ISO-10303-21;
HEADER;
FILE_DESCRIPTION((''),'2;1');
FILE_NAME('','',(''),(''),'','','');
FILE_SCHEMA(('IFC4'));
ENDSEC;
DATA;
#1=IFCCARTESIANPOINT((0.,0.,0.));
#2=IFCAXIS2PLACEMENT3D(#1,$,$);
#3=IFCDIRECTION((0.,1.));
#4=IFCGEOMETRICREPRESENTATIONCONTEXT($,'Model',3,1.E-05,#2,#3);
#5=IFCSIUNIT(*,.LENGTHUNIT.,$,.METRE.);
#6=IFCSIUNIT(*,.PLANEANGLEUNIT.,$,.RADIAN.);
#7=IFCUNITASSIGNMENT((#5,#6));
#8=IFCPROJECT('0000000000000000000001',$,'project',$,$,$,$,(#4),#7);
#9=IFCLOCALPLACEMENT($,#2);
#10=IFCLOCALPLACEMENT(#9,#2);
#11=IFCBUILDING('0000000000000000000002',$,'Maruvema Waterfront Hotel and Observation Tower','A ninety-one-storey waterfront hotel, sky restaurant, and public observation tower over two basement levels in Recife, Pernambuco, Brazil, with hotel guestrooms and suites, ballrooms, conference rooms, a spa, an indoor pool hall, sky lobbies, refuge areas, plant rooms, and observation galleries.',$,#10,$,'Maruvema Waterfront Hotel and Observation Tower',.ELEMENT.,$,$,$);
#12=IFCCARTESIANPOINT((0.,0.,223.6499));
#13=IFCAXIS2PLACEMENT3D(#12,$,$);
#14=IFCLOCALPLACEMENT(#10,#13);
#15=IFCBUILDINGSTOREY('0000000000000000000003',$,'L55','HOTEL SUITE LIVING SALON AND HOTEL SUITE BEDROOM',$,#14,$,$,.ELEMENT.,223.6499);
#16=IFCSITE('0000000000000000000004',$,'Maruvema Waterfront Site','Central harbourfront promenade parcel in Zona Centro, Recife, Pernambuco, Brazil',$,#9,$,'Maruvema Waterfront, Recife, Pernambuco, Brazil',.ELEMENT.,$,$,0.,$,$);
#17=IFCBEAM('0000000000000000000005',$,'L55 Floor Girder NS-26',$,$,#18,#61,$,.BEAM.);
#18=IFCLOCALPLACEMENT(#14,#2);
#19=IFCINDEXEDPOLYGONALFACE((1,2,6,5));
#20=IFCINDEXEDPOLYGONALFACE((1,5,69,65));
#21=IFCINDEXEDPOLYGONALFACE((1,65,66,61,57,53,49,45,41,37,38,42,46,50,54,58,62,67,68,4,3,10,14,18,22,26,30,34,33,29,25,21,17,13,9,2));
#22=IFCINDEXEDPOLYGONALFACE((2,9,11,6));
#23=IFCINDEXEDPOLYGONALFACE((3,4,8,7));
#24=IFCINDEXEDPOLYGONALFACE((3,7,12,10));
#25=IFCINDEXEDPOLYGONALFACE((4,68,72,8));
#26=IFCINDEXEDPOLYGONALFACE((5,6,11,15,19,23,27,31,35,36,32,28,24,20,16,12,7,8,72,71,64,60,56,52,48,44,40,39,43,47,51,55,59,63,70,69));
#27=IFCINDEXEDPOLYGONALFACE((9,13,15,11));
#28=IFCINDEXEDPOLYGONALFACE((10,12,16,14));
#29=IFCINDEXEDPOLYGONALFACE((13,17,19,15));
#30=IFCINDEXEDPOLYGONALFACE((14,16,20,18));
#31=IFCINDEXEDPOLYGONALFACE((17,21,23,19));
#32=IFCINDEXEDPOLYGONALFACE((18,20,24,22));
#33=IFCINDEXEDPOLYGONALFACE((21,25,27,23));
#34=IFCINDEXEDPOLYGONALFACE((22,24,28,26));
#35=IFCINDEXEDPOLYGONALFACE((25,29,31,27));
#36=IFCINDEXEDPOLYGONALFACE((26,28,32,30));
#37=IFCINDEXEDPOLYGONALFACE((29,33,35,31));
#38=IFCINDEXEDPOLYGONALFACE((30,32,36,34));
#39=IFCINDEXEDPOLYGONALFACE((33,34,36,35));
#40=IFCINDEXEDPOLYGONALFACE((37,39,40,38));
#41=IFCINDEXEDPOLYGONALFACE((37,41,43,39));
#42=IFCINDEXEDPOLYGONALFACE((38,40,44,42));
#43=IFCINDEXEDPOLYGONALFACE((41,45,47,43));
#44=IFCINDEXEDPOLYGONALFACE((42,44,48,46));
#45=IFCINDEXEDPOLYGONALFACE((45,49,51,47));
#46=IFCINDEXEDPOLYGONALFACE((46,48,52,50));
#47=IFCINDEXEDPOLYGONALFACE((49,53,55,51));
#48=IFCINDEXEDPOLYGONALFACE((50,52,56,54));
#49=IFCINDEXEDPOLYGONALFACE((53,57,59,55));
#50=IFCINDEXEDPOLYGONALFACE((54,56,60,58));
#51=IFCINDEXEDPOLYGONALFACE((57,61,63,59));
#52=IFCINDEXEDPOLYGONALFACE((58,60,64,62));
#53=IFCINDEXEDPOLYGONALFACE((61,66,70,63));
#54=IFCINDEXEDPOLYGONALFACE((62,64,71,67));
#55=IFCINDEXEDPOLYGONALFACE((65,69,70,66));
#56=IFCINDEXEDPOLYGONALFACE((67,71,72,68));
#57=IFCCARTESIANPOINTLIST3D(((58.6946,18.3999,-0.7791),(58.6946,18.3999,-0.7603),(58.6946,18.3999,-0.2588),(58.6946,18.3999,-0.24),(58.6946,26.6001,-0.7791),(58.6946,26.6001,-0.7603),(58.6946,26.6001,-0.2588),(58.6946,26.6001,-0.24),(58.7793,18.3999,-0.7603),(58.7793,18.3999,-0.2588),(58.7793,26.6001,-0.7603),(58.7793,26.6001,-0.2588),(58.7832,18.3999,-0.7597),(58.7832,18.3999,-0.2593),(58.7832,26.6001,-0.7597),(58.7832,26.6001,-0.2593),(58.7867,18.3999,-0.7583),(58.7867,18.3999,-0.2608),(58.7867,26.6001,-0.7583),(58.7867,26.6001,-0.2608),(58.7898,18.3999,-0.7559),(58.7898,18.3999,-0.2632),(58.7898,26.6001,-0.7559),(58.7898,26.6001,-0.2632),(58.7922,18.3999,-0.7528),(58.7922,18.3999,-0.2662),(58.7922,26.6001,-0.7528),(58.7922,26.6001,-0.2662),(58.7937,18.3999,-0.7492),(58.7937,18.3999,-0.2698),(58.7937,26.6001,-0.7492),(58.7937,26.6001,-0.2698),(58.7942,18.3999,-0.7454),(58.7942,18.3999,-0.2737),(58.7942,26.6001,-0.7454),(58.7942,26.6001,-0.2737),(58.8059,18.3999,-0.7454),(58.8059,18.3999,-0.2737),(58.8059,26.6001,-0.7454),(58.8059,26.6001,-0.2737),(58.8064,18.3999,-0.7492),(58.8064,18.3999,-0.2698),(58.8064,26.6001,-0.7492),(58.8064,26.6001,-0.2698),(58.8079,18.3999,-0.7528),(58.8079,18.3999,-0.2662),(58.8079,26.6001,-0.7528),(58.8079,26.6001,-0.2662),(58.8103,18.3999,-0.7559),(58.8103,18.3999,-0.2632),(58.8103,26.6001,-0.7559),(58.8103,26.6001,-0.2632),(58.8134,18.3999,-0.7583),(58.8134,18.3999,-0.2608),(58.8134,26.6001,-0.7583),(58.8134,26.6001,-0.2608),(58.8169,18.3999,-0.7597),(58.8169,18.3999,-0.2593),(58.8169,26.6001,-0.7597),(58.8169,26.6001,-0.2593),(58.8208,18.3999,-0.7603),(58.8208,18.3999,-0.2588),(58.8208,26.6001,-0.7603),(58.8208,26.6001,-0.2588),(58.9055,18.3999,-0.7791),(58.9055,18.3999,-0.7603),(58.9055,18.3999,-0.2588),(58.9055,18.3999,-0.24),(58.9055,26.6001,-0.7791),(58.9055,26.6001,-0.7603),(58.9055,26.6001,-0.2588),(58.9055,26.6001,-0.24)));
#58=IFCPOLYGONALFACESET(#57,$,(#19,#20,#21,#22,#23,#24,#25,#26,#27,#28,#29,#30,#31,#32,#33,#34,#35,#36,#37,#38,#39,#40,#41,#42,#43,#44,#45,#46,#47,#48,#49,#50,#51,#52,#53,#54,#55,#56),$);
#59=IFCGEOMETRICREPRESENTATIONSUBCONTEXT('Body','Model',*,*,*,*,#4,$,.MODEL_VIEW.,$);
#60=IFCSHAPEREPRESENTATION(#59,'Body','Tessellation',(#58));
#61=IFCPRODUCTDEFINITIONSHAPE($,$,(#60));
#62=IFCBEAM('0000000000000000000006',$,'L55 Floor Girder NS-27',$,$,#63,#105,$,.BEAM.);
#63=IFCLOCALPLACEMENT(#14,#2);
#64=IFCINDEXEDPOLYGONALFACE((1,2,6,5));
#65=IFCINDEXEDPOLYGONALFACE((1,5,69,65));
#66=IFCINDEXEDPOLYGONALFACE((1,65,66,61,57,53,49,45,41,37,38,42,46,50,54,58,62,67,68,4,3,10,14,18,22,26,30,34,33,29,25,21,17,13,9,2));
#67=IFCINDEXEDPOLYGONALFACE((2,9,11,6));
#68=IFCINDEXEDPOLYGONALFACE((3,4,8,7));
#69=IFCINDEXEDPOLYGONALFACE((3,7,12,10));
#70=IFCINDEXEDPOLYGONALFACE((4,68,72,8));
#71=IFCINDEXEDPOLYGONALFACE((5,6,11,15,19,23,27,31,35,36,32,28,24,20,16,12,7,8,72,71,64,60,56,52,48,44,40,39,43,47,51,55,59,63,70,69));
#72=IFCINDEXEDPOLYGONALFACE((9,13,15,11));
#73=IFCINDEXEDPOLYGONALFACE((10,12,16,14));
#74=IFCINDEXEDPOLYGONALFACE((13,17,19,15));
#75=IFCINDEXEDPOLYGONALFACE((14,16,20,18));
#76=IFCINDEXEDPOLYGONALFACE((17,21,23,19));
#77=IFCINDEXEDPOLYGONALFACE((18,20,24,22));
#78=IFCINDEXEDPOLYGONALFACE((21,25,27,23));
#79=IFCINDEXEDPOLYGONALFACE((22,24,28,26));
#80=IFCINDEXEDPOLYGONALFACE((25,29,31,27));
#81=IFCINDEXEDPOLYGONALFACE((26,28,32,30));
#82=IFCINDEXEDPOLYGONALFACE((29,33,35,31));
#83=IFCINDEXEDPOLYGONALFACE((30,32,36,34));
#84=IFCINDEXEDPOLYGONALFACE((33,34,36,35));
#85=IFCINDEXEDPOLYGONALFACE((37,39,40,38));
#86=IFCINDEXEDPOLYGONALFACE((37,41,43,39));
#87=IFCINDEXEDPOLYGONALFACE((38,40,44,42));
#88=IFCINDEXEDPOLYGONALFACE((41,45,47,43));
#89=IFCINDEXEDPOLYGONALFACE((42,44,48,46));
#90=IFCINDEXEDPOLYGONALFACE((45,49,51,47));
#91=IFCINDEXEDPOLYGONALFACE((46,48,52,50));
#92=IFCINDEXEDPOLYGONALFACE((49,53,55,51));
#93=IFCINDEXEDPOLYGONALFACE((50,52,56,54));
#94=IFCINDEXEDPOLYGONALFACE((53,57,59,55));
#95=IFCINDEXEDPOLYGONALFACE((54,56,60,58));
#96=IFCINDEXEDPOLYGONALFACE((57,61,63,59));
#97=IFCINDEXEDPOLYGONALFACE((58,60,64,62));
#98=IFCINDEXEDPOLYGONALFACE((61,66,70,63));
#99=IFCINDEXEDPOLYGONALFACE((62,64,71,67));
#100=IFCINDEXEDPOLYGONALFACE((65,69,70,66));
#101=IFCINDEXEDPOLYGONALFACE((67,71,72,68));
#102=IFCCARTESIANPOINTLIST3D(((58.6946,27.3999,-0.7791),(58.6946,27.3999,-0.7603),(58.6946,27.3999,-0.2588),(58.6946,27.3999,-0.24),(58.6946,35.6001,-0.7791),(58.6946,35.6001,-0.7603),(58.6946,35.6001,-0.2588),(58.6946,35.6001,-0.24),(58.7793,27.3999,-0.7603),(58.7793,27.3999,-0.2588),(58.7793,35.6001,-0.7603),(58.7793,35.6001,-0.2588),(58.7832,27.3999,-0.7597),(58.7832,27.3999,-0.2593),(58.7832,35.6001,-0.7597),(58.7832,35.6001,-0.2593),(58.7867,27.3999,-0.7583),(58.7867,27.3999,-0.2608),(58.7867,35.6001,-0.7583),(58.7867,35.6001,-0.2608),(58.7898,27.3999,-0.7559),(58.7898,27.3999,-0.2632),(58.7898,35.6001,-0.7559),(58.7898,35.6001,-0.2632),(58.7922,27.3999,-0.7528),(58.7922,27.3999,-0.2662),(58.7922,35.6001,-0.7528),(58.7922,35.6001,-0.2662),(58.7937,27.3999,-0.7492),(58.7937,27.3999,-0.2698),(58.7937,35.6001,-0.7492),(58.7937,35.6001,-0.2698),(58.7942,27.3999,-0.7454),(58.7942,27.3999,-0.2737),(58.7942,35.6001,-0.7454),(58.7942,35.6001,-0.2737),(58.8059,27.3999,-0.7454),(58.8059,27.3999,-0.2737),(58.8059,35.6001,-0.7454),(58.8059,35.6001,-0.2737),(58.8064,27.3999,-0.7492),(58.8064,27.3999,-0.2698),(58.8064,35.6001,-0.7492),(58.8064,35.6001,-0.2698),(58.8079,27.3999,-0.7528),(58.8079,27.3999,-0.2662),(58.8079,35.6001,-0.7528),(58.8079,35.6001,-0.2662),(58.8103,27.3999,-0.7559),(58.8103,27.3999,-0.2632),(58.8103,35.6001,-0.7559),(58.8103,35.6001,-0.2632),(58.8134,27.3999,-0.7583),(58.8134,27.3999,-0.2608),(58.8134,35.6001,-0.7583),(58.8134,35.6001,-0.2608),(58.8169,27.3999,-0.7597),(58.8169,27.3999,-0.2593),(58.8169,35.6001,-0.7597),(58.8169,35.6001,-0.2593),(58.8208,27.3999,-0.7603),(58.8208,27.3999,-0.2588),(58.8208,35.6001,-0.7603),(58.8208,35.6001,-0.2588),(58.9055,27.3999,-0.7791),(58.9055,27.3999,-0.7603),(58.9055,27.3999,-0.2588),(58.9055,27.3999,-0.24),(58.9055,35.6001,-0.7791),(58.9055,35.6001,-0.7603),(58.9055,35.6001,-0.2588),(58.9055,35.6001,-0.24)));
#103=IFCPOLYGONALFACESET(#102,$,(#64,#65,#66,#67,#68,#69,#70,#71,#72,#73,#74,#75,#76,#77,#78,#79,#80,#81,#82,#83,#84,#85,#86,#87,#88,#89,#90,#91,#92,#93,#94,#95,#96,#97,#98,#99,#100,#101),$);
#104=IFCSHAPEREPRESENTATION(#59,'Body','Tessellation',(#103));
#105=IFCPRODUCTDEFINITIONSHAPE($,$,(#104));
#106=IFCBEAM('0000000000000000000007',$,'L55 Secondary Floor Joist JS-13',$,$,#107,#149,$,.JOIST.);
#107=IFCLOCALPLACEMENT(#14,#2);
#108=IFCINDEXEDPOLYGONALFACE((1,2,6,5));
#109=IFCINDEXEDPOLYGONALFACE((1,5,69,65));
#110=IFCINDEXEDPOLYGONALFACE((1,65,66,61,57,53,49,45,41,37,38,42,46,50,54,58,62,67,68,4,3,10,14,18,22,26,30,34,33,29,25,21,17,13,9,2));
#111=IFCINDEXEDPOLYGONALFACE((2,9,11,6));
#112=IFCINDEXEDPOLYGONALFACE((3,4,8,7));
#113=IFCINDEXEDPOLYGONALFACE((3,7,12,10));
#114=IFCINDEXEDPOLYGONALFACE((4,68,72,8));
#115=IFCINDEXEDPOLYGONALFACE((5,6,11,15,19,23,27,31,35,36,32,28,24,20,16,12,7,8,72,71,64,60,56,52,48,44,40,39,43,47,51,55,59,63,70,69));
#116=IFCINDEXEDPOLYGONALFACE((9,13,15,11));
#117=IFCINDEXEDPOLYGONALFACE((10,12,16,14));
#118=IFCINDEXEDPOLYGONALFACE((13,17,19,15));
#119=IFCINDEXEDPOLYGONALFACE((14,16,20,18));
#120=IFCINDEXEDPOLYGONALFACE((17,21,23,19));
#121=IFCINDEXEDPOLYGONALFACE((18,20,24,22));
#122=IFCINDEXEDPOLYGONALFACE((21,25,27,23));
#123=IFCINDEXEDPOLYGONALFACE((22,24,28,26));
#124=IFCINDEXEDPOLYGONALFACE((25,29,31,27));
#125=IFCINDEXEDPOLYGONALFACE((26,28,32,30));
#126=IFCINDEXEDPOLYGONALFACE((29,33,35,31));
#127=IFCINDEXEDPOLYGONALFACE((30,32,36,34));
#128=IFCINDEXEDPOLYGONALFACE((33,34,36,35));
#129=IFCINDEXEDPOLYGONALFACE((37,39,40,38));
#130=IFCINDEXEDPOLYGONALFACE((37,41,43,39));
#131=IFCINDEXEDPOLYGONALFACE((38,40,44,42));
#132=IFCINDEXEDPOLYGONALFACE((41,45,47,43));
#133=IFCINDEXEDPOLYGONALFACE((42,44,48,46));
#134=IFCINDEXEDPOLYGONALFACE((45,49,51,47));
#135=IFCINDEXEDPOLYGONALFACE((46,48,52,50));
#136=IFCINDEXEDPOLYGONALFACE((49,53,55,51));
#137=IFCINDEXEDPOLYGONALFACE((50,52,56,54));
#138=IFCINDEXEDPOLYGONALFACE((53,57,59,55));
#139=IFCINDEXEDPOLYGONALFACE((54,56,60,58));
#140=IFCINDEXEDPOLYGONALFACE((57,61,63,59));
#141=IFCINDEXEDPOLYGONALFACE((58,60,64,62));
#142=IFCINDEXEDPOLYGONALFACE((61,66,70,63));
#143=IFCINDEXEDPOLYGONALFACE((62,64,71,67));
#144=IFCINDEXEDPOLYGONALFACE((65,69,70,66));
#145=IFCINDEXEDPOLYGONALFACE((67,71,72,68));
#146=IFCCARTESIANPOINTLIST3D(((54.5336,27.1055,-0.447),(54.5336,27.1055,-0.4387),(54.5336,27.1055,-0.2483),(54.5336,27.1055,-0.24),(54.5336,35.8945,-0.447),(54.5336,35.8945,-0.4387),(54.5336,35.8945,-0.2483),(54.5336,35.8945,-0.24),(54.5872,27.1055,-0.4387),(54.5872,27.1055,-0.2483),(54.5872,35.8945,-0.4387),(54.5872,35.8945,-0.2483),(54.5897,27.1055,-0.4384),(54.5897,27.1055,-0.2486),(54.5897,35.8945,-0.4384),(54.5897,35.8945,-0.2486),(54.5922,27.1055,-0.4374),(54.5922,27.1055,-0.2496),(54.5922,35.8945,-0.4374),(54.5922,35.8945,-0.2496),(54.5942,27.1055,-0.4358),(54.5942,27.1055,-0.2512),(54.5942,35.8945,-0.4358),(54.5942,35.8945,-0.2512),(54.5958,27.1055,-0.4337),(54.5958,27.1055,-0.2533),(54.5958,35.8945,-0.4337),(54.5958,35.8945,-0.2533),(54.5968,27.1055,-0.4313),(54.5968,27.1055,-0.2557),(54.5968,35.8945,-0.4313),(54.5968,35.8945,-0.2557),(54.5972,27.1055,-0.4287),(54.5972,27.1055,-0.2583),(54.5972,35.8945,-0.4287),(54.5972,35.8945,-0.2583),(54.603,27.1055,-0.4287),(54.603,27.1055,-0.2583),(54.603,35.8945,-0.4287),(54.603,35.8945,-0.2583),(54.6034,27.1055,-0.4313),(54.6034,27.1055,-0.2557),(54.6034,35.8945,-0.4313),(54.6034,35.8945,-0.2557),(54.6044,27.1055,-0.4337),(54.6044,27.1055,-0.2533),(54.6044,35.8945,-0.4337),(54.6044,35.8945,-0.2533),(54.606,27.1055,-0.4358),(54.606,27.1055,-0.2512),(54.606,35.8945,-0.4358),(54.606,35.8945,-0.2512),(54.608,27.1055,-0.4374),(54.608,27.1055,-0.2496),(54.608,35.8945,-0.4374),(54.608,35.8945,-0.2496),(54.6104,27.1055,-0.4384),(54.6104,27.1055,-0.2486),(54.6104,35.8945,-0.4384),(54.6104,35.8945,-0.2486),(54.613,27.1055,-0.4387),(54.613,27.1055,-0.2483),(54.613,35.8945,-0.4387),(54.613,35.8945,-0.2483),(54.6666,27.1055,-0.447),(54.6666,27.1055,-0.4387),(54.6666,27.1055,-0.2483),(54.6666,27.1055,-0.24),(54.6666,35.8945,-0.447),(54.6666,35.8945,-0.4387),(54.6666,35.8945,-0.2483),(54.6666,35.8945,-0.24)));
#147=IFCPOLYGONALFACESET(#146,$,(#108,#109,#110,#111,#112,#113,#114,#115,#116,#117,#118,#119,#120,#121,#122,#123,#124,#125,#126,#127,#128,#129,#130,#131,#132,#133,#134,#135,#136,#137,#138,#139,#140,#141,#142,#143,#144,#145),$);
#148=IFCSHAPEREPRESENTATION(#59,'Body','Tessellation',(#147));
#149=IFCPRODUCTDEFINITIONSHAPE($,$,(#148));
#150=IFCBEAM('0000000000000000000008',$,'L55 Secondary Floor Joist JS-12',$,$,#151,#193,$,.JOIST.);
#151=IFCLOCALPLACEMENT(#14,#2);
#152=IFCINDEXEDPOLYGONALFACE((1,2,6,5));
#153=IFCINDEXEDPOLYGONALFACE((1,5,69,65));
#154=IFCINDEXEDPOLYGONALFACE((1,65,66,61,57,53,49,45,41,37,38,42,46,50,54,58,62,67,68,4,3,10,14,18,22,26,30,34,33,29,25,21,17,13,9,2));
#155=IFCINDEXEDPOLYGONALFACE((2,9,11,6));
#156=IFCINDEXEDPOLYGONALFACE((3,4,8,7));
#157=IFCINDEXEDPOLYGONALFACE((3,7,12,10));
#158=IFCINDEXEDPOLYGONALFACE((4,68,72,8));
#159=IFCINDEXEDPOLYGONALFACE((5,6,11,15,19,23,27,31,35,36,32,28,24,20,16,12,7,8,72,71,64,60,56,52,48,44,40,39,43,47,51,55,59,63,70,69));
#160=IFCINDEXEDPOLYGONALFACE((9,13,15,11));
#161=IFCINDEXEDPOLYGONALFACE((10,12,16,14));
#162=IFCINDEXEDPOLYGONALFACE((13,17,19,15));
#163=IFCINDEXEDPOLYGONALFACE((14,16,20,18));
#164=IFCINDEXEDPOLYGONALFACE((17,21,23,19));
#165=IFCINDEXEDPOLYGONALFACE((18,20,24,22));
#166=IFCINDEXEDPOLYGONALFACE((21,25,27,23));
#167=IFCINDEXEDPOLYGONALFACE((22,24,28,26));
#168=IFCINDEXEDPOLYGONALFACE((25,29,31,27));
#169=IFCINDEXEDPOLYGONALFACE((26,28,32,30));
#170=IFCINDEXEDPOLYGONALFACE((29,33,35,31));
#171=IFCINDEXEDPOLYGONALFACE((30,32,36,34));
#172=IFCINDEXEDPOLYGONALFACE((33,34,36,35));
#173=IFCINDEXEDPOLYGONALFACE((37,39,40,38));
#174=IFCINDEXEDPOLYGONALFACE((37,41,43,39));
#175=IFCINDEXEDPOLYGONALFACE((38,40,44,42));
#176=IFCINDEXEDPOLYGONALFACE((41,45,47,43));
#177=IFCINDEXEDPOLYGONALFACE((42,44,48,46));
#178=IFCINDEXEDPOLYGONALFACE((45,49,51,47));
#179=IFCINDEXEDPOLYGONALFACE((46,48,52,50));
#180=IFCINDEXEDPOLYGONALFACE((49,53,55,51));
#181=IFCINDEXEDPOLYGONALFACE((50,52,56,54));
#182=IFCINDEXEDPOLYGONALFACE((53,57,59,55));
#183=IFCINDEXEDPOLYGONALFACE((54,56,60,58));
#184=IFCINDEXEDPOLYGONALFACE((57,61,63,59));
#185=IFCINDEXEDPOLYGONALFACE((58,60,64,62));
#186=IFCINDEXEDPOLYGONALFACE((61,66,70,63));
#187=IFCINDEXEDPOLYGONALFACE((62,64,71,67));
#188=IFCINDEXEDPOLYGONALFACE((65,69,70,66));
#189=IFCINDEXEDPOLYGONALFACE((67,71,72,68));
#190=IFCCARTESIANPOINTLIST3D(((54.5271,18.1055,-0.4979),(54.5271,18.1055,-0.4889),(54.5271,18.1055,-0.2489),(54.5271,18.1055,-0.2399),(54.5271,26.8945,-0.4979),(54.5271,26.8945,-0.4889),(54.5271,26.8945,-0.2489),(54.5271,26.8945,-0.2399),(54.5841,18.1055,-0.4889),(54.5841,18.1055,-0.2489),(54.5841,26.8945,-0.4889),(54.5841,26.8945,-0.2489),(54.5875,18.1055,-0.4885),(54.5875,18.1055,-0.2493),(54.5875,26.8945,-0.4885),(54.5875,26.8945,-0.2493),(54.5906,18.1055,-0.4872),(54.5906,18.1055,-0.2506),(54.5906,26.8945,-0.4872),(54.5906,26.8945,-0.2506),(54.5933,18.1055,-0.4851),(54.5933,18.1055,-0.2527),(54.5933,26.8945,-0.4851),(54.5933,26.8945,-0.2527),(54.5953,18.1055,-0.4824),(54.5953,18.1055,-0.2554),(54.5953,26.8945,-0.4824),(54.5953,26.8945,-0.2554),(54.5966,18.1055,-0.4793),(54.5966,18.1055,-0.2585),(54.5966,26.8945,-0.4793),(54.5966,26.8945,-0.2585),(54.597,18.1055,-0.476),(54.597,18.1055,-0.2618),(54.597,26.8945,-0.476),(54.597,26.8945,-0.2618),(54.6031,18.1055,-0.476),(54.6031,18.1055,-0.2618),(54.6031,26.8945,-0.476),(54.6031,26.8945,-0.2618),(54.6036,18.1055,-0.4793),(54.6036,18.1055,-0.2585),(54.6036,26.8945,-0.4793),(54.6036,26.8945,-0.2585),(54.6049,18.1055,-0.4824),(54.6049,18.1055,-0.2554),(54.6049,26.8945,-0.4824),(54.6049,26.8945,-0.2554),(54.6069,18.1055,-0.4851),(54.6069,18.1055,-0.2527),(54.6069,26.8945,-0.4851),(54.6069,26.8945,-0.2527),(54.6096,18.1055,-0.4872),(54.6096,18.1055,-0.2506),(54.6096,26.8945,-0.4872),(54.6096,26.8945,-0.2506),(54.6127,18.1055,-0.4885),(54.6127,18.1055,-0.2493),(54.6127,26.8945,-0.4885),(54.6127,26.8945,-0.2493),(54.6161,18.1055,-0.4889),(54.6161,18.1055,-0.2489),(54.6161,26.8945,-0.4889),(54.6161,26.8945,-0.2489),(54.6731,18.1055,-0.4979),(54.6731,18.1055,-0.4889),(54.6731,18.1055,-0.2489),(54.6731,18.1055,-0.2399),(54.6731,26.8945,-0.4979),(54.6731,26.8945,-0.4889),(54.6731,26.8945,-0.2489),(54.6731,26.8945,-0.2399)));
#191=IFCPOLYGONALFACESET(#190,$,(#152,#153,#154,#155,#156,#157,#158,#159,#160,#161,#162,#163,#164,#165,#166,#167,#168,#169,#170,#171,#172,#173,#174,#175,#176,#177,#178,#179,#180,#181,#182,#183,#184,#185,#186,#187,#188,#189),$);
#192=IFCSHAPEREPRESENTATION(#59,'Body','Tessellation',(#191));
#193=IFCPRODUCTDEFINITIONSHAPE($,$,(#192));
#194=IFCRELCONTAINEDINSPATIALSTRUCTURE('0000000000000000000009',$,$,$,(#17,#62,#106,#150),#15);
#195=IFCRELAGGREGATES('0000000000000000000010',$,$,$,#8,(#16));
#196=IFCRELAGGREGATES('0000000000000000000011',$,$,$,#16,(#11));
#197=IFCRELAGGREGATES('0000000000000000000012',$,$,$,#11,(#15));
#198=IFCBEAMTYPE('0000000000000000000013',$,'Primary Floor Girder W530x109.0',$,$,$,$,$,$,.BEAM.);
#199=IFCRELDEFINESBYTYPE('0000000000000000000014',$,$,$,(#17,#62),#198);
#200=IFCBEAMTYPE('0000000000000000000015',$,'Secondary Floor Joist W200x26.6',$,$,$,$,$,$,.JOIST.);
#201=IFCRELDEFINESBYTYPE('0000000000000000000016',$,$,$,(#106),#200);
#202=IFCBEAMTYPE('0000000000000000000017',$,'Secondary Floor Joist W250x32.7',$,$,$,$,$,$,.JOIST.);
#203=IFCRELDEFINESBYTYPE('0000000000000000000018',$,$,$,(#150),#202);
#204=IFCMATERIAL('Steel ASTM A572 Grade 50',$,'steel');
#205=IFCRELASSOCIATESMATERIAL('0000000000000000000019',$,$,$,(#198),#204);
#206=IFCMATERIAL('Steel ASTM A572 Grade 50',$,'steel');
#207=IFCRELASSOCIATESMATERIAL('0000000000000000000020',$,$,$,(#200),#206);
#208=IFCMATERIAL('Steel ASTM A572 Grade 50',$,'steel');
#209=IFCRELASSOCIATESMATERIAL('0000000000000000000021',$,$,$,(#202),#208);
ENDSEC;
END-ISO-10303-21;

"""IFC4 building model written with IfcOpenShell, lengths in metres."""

from ifc_helpers import new_model, si_unit, direction, frame, origin, origin_2d, place, context, subcontext, project, spatial, i_section, extrude, material, material_profile, profile_set, type_object, element, save


model = new_model("IFC4")

# Units and contexts
model_context = context("Model", 3, precision=1e-05, world=origin(), true_north=direction((0.0, 1.0)))
body_context = subcontext(model_context, "Body", "Model", "MODEL_VIEW")
ifc_project = project(units=[si_unit("LENGTHUNIT", "METRE"), si_unit("PLANEANGLEUNIT", "RADIAN")], contexts=[model_context])

# Site, building, storey
site_placement = place(None, origin())
site = spatial("IfcSite", under=ifc_project, at=site_placement, Name="Maruvema Waterfront Site", Description="Central harbourfront promenade parcel in Zona Centro, Recife, Pernambuco, Brazil", LongName="Maruvema Waterfront, Recife, Pernambuco, Brazil", CompositionType="ELEMENT", RefElevation=0.0)
building_placement = place(site_placement, origin())
building = spatial("IfcBuilding", under=site, at=building_placement, Name="Maruvema Waterfront Hotel and Observation Tower", Description="A ninety-one-storey waterfront hotel, sky restaurant, and public observation tower over two basement levels in Recife, Pernambuco, Brazil, with hotel guestrooms and suites, ballrooms, conference rooms, a spa, an indoor pool hall, sky lobbies, refuge areas, plant rooms, and observation galleries.", LongName="Maruvema Waterfront Hotel and Observation Tower", CompositionType="ELEMENT")
storey_placement = place(building_placement, frame((0.0, 0.0, 223.6499)))
storey = spatial("IfcBuildingStorey", under=building, at=storey_placement, Name="L55", Description="HOTEL SUITE LIVING SALON AND HOTEL SUITE BEDROOM", CompositionType="ELEMENT", Elevation=223.6499)

# Beams
ifc_material_1 = material(Name="Steel ASTM A572 Grade 50", Category="steel")
ifc_material_profile_1 = material_profile(ifc_material_1, i_section(OverallWidth=0.2109, OverallDepth=0.5391, WebThickness=0.0117, FlangeThickness=0.0188, FilletRadius=0.0149, at=origin_2d()), Name="W530x109.0")
ifc_profile_set_1 = profile_set([ifc_material_profile_1], Name="Steel ASTM A572 Grade 50")
beam_type_1 = type_object("IfcBeamType", Name="Primary Floor Girder W530x109.0", PredefinedType="BEAM", material=ifc_profile_set_1)
for number, where, z_axis, x_axis, name in (
    (1, (58.8, 18.3999, -0.5095), (0.0, 1.0, 0.0), (-1.0, 0.0, 0.0), "L55 Floor Girder NS-26"),
    (2, (58.8, 27.3999, -0.5095), (0.0, 1.0, 0.0), (-1.0, 0.0, 0.0), "L55 Floor Girder NS-27"),
):
    element("IfcBeam", number, at=place(storey_placement, frame(where, z_axis=z_axis, x_axis=x_axis)), inside=storey, type_object=beam_type_1, Name=name, PredefinedType="BEAM", context=body_context, shape_type="SweptSolid", body=[
        extrude(i_section(OverallWidth=0.2109, OverallDepth=0.5391, WebThickness=0.0117, FlangeThickness=0.0188, FilletRadius=0.0149, at=origin_2d()), origin(), (0.0, 0.0, 1.0), 8.2002),
    ])
ifc_material_2 = material(Name="Steel ASTM A572 Grade 50", Category="steel")
ifc_material_profile_2 = material_profile(ifc_material_2, i_section(OverallWidth=0.1331, OverallDepth=0.207, WebThickness=0.0059, FlangeThickness=0.0083, FilletRadius=0.01, at=origin_2d()), Name="W200x26.6")
ifc_profile_set_2 = profile_set([ifc_material_profile_2], Name="Steel ASTM A572 Grade 50")
beam_type_2 = type_object("IfcBeamType", Name="Secondary Floor Joist W200x26.6", PredefinedType="JOIST", material=ifc_profile_set_2)
beam_1_placement = place(storey_placement, frame((54.6001, 27.1055, -0.3435), z_axis=(0.0, 1.0, 0.0), x_axis=(-1.0, 0.0, 0.0)))
element("IfcBeam", 3, at=beam_1_placement, inside=storey, type_object=beam_type_2, Name="L55 Secondary Floor Joist JS-13", PredefinedType="JOIST", context=body_context, shape_type="SweptSolid", body=[
    extrude(i_section(OverallWidth=0.1331, OverallDepth=0.207, WebThickness=0.0059, FlangeThickness=0.0083, FilletRadius=0.01, at=origin_2d()), origin(), (0.0, 0.0, 1.0), 8.7891),
])
ifc_material_3 = material(Name="Steel ASTM A572 Grade 50", Category="steel")
ifc_material_profile_3 = material_profile(ifc_material_3, i_section(OverallWidth=0.146, OverallDepth=0.2581, WebThickness=0.0061, FlangeThickness=0.009, FilletRadius=0.0129, at=origin_2d()), Name="W250x32.7")
ifc_profile_set_3 = profile_set([ifc_material_profile_3], Name="Steel ASTM A572 Grade 50")
beam_type_3 = type_object("IfcBeamType", Name="Secondary Floor Joist W250x32.7", PredefinedType="JOIST", material=ifc_profile_set_3)
beam_2_placement = place(storey_placement, frame((54.6001, 18.1055, -0.3689), z_axis=(0.0, 1.0, 0.0), x_axis=(-1.0, 0.0, 0.0)))
element("IfcBeam", 4, at=beam_2_placement, inside=storey, type_object=beam_type_3, Name="L55 Secondary Floor Joist JS-12", PredefinedType="JOIST", context=body_context, shape_type="SweptSolid", body=[
    extrude(i_section(OverallWidth=0.146, OverallDepth=0.2581, WebThickness=0.0061, FlangeThickness=0.009, FilletRadius=0.0129, at=origin_2d()), origin(), (0.0, 0.0, 1.0), 8.7891),
])

save(model, "model.ifc")
